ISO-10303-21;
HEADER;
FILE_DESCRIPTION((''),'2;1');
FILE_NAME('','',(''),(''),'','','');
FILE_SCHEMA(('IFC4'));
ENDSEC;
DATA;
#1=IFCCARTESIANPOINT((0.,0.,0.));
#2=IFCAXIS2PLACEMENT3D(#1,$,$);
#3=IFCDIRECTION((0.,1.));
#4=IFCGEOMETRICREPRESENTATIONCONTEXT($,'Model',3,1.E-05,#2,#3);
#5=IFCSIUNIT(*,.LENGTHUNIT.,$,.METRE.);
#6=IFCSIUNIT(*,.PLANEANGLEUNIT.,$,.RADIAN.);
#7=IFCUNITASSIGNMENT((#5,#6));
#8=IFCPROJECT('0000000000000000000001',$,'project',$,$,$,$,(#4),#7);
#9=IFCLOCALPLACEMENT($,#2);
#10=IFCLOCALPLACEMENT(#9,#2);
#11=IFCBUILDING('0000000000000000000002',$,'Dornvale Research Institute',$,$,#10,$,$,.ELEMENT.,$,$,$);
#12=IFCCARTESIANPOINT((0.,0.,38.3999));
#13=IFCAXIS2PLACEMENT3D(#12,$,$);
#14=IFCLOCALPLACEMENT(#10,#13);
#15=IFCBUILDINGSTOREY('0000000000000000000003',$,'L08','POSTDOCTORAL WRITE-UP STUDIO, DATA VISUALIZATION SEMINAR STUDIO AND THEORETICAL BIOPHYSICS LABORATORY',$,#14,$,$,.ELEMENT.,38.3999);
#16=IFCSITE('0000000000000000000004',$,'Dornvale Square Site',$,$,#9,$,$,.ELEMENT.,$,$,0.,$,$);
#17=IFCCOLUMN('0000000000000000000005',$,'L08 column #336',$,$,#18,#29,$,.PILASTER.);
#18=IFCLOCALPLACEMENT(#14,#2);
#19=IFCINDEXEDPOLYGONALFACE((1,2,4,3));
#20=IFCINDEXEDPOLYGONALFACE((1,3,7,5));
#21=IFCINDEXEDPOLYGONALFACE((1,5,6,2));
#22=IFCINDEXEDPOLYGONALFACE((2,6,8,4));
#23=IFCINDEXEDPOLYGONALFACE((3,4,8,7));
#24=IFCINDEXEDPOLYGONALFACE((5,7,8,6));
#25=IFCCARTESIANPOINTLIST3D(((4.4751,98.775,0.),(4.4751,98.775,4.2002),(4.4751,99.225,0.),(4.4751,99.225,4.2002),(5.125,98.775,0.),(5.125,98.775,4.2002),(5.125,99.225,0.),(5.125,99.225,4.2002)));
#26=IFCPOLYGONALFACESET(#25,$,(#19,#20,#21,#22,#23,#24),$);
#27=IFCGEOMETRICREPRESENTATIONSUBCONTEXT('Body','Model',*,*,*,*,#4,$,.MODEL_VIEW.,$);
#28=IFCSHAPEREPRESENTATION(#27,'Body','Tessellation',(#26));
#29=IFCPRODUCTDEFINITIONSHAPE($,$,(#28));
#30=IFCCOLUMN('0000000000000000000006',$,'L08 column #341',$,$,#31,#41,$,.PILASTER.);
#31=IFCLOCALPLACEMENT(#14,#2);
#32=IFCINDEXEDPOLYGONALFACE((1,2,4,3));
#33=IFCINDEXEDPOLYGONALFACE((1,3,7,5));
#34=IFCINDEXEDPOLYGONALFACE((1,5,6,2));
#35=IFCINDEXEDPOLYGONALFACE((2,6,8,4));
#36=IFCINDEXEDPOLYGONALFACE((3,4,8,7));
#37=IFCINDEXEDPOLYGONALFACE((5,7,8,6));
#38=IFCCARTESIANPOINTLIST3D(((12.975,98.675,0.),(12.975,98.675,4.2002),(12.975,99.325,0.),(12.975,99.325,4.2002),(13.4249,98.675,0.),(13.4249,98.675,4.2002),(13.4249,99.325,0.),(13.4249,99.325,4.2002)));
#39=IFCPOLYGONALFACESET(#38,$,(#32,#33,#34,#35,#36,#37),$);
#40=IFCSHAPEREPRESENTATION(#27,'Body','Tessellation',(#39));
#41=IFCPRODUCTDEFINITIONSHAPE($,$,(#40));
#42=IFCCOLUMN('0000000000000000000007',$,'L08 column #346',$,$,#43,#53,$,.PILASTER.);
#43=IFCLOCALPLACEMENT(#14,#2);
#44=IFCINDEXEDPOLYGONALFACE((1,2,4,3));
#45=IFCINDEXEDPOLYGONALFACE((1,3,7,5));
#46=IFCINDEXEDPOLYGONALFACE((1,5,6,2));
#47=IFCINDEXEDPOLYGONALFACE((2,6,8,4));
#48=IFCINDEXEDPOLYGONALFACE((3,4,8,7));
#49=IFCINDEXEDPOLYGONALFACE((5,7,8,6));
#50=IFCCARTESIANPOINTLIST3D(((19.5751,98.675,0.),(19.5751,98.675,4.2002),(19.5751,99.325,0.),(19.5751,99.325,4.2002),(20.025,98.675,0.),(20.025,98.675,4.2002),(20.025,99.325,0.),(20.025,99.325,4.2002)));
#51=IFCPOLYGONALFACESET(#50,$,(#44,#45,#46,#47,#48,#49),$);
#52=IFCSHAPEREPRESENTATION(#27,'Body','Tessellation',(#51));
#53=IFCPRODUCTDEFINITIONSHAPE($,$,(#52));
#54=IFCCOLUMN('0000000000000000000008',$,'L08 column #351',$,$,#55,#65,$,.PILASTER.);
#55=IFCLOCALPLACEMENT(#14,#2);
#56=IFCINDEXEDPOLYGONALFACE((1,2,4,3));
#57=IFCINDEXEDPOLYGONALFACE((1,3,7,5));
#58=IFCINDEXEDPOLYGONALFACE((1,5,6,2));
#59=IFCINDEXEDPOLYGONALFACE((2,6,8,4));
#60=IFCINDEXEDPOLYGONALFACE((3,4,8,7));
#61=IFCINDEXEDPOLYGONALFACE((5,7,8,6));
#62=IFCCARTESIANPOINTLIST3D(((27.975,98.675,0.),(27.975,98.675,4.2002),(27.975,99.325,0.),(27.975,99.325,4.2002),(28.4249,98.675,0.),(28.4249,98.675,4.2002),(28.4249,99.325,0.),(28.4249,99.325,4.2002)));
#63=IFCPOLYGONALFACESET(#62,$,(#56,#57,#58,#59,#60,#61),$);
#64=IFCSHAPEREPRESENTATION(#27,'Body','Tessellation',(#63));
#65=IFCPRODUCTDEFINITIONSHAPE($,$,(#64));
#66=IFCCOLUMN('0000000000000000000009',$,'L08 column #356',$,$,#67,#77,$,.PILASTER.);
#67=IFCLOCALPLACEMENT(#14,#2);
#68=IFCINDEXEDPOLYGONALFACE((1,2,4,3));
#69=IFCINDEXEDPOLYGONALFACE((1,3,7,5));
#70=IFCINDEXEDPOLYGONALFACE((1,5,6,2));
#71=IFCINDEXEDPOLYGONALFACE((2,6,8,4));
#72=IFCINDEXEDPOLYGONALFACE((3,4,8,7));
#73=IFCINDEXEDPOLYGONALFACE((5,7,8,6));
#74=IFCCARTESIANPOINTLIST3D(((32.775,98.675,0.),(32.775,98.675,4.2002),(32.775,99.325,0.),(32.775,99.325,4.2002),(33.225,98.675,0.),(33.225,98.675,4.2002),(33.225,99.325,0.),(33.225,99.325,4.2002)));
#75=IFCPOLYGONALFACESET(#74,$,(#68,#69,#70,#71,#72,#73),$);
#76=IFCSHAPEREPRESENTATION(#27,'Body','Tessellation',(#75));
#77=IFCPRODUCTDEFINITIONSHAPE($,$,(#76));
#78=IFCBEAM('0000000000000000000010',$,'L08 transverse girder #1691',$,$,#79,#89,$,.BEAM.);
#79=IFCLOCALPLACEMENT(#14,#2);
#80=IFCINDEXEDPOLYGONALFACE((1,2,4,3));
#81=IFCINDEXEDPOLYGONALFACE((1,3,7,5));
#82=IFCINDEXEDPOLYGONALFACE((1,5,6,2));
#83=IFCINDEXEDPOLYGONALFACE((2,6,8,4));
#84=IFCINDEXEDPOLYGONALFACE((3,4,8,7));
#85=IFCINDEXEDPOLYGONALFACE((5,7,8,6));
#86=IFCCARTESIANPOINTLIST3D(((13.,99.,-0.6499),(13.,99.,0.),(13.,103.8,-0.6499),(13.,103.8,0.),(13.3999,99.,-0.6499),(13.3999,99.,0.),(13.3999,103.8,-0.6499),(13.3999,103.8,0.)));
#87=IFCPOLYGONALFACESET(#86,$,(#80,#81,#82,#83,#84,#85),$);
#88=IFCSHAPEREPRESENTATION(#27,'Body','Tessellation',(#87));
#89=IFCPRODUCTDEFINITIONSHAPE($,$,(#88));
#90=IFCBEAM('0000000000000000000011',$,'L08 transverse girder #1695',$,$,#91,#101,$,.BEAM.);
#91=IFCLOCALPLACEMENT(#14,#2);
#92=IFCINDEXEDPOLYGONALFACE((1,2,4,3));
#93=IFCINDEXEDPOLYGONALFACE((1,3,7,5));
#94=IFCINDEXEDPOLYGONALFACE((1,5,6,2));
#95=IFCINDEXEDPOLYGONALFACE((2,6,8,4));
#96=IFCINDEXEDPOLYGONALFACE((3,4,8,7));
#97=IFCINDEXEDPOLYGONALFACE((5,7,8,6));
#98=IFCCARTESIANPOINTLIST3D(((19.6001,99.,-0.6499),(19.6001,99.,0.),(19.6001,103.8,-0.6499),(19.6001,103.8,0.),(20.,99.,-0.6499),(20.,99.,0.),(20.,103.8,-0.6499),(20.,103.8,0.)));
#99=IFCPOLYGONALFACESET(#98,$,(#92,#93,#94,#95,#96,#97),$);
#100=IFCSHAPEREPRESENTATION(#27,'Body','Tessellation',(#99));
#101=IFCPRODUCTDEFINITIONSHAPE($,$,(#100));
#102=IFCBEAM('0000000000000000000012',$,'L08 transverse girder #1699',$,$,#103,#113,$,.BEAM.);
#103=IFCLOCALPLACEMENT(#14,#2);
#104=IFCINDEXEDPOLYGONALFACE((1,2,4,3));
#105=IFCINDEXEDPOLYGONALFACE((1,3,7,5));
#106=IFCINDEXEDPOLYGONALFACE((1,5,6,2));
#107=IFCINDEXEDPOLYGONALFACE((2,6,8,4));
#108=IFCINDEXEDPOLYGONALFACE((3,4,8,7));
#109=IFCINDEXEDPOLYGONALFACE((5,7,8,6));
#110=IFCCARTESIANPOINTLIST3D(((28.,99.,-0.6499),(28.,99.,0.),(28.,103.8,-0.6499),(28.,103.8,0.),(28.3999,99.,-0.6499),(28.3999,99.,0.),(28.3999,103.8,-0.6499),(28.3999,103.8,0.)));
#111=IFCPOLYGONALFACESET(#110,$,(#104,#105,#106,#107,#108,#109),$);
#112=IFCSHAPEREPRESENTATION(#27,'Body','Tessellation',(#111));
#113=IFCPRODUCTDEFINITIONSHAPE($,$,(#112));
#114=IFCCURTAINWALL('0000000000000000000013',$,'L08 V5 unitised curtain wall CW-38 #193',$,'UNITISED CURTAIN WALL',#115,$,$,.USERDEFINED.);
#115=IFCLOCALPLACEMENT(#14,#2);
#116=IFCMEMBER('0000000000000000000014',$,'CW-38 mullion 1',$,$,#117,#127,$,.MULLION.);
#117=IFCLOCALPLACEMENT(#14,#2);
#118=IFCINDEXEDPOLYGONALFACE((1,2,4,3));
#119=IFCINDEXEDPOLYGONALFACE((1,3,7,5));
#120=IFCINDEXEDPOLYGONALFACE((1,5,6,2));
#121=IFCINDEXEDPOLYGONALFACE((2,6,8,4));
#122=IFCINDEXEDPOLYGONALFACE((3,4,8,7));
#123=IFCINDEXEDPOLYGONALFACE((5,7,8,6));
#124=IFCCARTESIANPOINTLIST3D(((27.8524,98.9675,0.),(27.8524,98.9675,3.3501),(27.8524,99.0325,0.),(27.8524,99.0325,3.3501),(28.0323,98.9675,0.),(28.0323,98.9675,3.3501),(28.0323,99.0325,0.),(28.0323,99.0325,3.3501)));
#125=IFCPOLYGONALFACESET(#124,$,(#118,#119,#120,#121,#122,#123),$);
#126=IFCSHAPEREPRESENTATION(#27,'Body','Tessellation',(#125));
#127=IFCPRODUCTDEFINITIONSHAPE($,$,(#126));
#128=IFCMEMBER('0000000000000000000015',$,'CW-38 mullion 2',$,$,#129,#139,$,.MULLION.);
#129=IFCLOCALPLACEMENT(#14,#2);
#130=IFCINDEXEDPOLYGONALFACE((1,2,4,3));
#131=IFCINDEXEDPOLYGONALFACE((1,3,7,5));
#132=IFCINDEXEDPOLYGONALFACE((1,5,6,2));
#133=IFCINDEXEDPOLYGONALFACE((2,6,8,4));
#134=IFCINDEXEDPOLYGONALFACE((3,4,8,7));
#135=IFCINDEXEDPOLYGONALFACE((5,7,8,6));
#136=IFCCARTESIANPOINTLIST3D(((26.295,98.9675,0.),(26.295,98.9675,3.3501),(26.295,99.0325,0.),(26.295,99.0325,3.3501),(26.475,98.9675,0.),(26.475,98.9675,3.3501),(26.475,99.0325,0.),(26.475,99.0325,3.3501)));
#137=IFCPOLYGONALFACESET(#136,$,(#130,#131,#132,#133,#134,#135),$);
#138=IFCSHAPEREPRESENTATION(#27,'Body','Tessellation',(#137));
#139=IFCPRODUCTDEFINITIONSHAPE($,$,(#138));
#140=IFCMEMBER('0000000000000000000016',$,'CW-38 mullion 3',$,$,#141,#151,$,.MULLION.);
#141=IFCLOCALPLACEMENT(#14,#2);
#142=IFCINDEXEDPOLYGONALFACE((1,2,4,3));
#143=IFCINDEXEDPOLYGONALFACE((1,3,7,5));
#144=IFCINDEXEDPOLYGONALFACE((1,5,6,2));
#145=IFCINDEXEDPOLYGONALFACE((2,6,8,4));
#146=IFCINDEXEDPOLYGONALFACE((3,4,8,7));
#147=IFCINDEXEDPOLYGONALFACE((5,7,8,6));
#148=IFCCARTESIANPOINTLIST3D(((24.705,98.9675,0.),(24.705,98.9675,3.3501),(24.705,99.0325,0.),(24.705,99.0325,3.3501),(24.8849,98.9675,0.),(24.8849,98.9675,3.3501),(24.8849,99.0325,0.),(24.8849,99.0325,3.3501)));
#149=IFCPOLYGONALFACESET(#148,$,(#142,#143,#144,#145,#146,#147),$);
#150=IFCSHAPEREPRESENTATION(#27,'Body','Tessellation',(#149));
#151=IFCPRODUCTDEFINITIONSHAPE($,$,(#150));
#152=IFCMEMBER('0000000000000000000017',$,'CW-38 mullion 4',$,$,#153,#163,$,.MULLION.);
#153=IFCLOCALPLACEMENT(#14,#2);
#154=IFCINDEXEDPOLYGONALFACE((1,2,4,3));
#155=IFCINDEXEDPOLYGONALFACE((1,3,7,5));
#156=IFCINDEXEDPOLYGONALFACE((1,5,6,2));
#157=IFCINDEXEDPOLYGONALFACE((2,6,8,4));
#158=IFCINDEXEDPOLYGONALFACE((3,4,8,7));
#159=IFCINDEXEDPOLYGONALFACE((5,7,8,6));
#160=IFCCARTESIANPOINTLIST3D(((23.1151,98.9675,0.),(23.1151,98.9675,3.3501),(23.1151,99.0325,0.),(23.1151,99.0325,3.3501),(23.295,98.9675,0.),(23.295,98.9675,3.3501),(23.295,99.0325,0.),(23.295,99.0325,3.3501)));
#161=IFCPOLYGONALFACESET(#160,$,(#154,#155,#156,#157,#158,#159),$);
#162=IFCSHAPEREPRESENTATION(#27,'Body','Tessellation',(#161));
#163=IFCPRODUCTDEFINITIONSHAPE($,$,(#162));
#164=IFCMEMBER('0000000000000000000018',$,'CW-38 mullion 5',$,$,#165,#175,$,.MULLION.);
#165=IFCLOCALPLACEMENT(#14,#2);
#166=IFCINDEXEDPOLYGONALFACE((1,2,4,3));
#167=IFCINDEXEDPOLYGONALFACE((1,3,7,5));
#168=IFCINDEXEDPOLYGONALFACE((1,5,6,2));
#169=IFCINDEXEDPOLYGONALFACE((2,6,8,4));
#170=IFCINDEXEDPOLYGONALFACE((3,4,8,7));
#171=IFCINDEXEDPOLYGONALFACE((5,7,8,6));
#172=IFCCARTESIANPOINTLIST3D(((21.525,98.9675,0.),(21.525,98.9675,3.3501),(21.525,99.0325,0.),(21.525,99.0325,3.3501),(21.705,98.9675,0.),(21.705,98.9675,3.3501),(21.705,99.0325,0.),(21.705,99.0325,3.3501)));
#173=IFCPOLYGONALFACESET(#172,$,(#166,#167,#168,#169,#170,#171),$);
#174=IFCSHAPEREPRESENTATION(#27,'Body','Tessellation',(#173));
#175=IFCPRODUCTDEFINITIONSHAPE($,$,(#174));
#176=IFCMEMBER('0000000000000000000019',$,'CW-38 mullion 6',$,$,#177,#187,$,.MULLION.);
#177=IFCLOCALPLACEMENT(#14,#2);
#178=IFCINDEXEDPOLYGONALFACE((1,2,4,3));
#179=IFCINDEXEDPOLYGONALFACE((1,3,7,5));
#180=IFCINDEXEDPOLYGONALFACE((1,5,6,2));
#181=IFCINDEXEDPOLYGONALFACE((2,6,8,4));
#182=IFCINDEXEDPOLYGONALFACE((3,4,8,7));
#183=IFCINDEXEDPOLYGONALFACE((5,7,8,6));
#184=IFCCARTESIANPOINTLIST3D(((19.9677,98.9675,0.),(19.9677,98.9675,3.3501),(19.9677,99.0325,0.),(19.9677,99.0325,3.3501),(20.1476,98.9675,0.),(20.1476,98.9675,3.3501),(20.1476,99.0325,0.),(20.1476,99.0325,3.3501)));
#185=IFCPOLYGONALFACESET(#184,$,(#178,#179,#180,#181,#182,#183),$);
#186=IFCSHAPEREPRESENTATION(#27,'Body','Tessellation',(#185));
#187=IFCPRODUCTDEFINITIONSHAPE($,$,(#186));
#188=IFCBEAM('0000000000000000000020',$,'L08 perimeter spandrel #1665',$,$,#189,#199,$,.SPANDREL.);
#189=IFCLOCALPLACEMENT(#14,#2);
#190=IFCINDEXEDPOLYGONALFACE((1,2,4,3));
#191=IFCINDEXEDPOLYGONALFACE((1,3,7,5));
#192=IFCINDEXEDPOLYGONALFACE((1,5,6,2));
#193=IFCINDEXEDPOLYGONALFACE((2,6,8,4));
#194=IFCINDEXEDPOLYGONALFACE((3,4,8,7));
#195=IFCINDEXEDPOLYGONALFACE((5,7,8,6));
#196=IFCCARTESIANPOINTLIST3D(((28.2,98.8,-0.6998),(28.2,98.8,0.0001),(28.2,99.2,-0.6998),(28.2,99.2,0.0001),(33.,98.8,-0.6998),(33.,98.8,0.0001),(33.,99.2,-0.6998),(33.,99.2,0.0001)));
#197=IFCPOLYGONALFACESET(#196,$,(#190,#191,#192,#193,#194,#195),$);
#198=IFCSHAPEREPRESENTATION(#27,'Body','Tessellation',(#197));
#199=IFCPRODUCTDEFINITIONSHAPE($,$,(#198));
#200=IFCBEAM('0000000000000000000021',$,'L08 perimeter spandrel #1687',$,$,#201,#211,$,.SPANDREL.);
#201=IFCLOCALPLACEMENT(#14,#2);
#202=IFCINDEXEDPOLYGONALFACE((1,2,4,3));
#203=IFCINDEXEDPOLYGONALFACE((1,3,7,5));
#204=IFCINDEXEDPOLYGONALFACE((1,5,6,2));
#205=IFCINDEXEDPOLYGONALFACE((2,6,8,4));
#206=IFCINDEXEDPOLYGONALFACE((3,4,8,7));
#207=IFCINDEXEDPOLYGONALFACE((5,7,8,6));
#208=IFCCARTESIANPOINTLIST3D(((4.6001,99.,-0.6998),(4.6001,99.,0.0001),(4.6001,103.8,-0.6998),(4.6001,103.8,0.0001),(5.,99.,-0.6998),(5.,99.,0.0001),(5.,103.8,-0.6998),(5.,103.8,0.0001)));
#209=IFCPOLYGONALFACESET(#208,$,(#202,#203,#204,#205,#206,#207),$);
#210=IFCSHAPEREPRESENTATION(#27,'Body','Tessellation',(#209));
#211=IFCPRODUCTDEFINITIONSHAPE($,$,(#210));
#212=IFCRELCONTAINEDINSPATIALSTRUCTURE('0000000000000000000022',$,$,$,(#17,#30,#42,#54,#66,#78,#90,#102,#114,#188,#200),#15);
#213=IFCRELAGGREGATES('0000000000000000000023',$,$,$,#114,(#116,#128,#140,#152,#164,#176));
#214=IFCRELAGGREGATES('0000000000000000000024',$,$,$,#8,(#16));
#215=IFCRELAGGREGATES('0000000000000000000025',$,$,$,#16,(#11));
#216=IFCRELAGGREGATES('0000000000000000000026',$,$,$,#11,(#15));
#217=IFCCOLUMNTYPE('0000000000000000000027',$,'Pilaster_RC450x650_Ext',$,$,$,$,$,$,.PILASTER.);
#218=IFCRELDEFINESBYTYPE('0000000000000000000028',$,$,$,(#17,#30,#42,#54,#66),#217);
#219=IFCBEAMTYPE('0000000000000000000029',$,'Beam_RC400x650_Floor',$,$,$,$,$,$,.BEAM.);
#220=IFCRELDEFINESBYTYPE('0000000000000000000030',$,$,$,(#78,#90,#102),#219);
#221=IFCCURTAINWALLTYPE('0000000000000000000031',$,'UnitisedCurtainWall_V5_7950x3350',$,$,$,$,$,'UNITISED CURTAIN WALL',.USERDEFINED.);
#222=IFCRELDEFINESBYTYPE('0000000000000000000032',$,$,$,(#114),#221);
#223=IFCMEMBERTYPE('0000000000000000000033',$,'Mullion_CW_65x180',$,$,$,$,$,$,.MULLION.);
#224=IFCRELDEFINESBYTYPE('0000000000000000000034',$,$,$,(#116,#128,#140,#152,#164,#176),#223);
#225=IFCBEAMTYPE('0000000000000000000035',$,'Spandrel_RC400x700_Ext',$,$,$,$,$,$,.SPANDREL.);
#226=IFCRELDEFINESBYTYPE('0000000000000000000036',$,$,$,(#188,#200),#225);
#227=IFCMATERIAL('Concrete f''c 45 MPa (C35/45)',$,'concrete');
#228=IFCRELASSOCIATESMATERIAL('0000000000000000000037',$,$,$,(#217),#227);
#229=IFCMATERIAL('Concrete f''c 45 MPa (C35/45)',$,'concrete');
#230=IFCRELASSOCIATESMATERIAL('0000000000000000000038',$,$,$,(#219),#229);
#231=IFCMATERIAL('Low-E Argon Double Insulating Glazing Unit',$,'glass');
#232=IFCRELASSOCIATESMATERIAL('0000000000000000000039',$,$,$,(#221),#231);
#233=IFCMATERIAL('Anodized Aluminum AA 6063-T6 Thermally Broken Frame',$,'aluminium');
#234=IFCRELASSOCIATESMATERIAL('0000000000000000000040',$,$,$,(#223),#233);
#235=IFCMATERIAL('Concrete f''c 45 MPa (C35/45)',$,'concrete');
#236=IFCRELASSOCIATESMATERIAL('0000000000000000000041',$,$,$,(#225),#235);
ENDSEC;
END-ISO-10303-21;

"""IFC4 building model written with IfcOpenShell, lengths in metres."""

from ifc_helpers import new_model, si_unit, direction, frame, origin, origin_2d, place, context, subcontext, project, spatial, rectangle, extrude, material, material_profile, profile_set, type_object, element, aggregate, save


model = new_model("IFC4")

# Units and contexts
model_context = context("Model", 3, precision=1e-05, world=origin(), true_north=direction((0.0, 1.0)))
body_context = subcontext(model_context, "Body", "Model", "MODEL_VIEW")
ifc_project = project(units=[si_unit("LENGTHUNIT", "METRE"), si_unit("PLANEANGLEUNIT", "RADIAN")], contexts=[model_context])

# Site, building, storey
site_placement = place(None, origin())
site = spatial("IfcSite", under=ifc_project, at=site_placement, Name="Dornvale Square Site", CompositionType="ELEMENT", RefElevation=0.0)
building_placement = place(site_placement, origin())
building = spatial("IfcBuilding", under=site, at=building_placement, Name="Dornvale Research Institute", CompositionType="ELEMENT")
storey_placement = place(building_placement, frame((0.0, 0.0, 38.3999)))
storey = spatial("IfcBuildingStorey", under=building, at=storey_placement, Name="L08", Description="POSTDOCTORAL WRITE-UP STUDIO, DATA VISUALIZATION SEMINAR STUDIO AND THEORETICAL BIOPHYSICS LABORATORY", CompositionType="ELEMENT", Elevation=38.3999)

# Columns
ifc_material_1 = material(Name="Concrete f'c 45 MPa (C35/45)", Category="concrete")
ifc_material_profile_1 = material_profile(ifc_material_1, rectangle(XDim=0.45, YDim=0.6499, at=origin_2d()), Name="RC 450x650")
ifc_profile_set_1 = profile_set([ifc_material_profile_1], Name="Concrete f'c 45 MPa (C35/45)")
column_type = type_object("IfcColumnType", Name="Pilaster_RC450x650_Ext", PredefinedType="PILASTER", material=ifc_profile_set_1)
for number, where, z_axis, x_axis, name in (
    (1, (4.8, 99.0, 0.0), (0.0, 0.0, 1.0), (0.0, 1.0, 0.0), "L08 column #336"),
    (2, (13.2, 99.0, 0.0), (0.0, 0.0, 1.0), (1.0, 0.0, 0.0), "L08 column #341"),
    (3, (19.8, 99.0, 0.0), (0.0, 0.0, 1.0), (1.0, 0.0, 0.0), "L08 column #346"),
    (4, (28.2, 99.0, 0.0), (0.0, 0.0, 1.0), (1.0, 0.0, 0.0), "L08 column #351"),
    (5, (33.0, 99.0, 0.0), (0.0, 0.0, 1.0), (1.0, 0.0, 0.0), "L08 column #356"),
):
    element("IfcColumn", number, at=place(storey_placement, frame(where, z_axis=z_axis, x_axis=x_axis)), inside=storey, type_object=column_type, Name=name, PredefinedType="PILASTER", context=body_context, shape_type="SweptSolid", body=[
        extrude(rectangle(XDim=0.45, YDim=0.6499, at=origin_2d()), origin(), (0.0, 0.0, 1.0), 4.2002),
    ])

# Beams
ifc_material_2 = material(Name="Concrete f'c 45 MPa (C35/45)", Category="concrete")
ifc_material_profile_2 = material_profile(ifc_material_2, rectangle(XDim=0.3999, YDim=0.6499, at=origin_2d()), Name="RC 400x650")
ifc_profile_set_2 = profile_set([ifc_material_profile_2], Name="Concrete f'c 45 MPa (C35/45)")
beam_type_1 = type_object("IfcBeamType", Name="Beam_RC400x650_Floor", PredefinedType="BEAM", material=ifc_profile_set_2)
for number, where, z_axis, x_axis, name in (
    (6, (13.2, 99.0, -0.325), (0.0, 1.0, 0.0), (-1.0, 0.0, 0.0), "L08 transverse girder #1691"),
    (7, (19.8, 99.0, -0.325), (0.0, 1.0, 0.0), (-1.0, 0.0, 0.0), "L08 transverse girder #1695"),
    (8, (28.2, 99.0, -0.325), (0.0, 1.0, 0.0), (-1.0, 0.0, 0.0), "L08 transverse girder #1699"),
):
    element("IfcBeam", number, at=place(storey_placement, frame(where, z_axis=z_axis, x_axis=x_axis)), inside=storey, type_object=beam_type_1, Name=name, PredefinedType="BEAM", context=body_context, shape_type="SweptSolid", body=[
        extrude(rectangle(XDim=0.3999, YDim=0.6499, at=origin_2d()), origin(), (0.0, 0.0, 1.0), 4.8),
    ])

# Curtain wall, members
ifc_material_3 = material(Name="Low-E Argon Double Insulating Glazing Unit", Category="glass")
curtain_wall_type = type_object("IfcCurtainWallType", Name="UnitisedCurtainWall_V5_7950x3350", ElementType="UNITISED CURTAIN WALL", PredefinedType="USERDEFINED", material=ifc_material_3)
curtain_wall_placement = place(storey_placement, origin())
curtain_wall = element("IfcCurtainWall", 9, at=curtain_wall_placement, inside=storey, type_object=curtain_wall_type, Name="L08 V5 unitised curtain wall CW-38 #193", ObjectType="UNITISED CURTAIN WALL", PredefinedType="USERDEFINED")
ifc_material_4 = material(Name="Anodized Aluminum AA 6063-T6 Thermally Broken Frame", Category="aluminium")
ifc_material_profile_3 = material_profile(ifc_material_4, rectangle(XDim=0.0649, YDim=0.1799, at=origin_2d()), Name="ALU MULLION 65x180")
ifc_profile_set_3 = profile_set([ifc_material_profile_3], Name="Anodized Aluminum AA 6063-T6 Thermally Broken Frame")
member_type_1 = type_object("IfcMemberType", Name="Mullion_CW_65x180", PredefinedType="MULLION", material=ifc_profile_set_3)
member_1_placement = place(storey_placement, frame((27.9424, 99.0, 0.0), z_axis=(0.0, 0.0, 1.0), x_axis=(0.0, -1.0, 0.0)))
member_1 = element("IfcMember", 10, at=member_1_placement, type_object=member_type_1, Name="CW-38 mullion 1", PredefinedType="MULLION", context=body_context, shape_type="SweptSolid", body=[
    extrude(rectangle(XDim=0.0649, YDim=0.1799, at=origin_2d()), origin(), (0.0, 0.0, 1.0), 3.3501),
])
member_2_placement = place(storey_placement, frame((26.385, 99.0, 0.0), z_axis=(0.0, 0.0, 1.0), x_axis=(0.0, -1.0, 0.0)))
member_2 = element("IfcMember", 11, at=member_2_placement, type_object=member_type_1, Name="CW-38 mullion 2", PredefinedType="MULLION", context=body_context, shape_type="SweptSolid", body=[
    extrude(rectangle(XDim=0.0649, YDim=0.1799, at=origin_2d()), origin(), (0.0, 0.0, 1.0), 3.3501),
])
member_3_placement = place(storey_placement, frame((24.7949, 99.0, 0.0), z_axis=(0.0, 0.0, 1.0), x_axis=(0.0, -1.0, 0.0)))
member_3 = element("IfcMember", 12, at=member_3_placement, type_object=member_type_1, Name="CW-38 mullion 3", PredefinedType="MULLION", context=body_context, shape_type="SweptSolid", body=[
    extrude(rectangle(XDim=0.0649, YDim=0.1799, at=origin_2d()), origin(), (0.0, 0.0, 1.0), 3.3501),
])
member_4_placement = place(storey_placement, frame((23.2051, 99.0, 0.0), z_axis=(0.0, 0.0, 1.0), x_axis=(0.0, -1.0, 0.0)))
member_4 = element("IfcMember", 13, at=member_4_placement, type_object=member_type_1, Name="CW-38 mullion 4", PredefinedType="MULLION", context=body_context, shape_type="SweptSolid", body=[
    extrude(rectangle(XDim=0.0649, YDim=0.1799, at=origin_2d()), origin(), (0.0, 0.0, 1.0), 3.3501),
])
member_5_placement = place(storey_placement, frame((21.615, 99.0, 0.0), z_axis=(0.0, 0.0, 1.0), x_axis=(0.0, -1.0, 0.0)))
member_5 = element("IfcMember", 14, at=member_5_placement, type_object=member_type_1, Name="CW-38 mullion 5", PredefinedType="MULLION", context=body_context, shape_type="SweptSolid", body=[
    extrude(rectangle(XDim=0.0649, YDim=0.1799, at=origin_2d()), origin(), (0.0, 0.0, 1.0), 3.3501),
])
member_6_placement = place(storey_placement, frame((20.0576, 99.0, 0.0), z_axis=(0.0, 0.0, 1.0), x_axis=(0.0, -1.0, 0.0)))
member_6 = element("IfcMember", 15, at=member_6_placement, type_object=member_type_1, Name="CW-38 mullion 6", PredefinedType="MULLION", context=body_context, shape_type="SweptSolid", body=[
    extrude(rectangle(XDim=0.0649, YDim=0.1799, at=origin_2d()), origin(), (0.0, 0.0, 1.0), 3.3501),
])

# Beams
ifc_material_5 = material(Name="Concrete f'c 45 MPa (C35/45)", Category="concrete")
ifc_material_profile_4 = material_profile(ifc_material_5, rectangle(XDim=0.3999, YDim=0.7, at=origin_2d()), Name="RC 400x700")
ifc_profile_set_4 = profile_set([ifc_material_profile_4], Name="Concrete f'c 45 MPa (C35/45)")
beam_type_2 = type_object("IfcBeamType", Name="Spandrel_RC400x700_Ext", PredefinedType="SPANDREL", material=ifc_profile_set_4)
for number, where, z_axis, x_axis, name in (
    (16, (28.2, 99.0, -0.3499), (1.0, 0.0, 0.0), (0.0, 1.0, 0.0), "L08 perimeter spandrel #1665"),
    (17, (4.8, 99.0, -0.3499), (0.0, 1.0, 0.0), (-1.0, 0.0, 0.0), "L08 perimeter spandrel #1687"),
):
    element("IfcBeam", number, at=place(storey_placement, frame(where, z_axis=z_axis, x_axis=x_axis)), inside=storey, type_object=beam_type_2, Name=name, PredefinedType="SPANDREL", context=body_context, shape_type="SweptSolid", body=[
        extrude(rectangle(XDim=0.3999, YDim=0.7, at=origin_2d()), origin(), (0.0, 0.0, 1.0), 4.8),
    ])

aggregate(curtain_wall, [member_1, member_2, member_3, member_4, member_5, member_6])

save(model, "model.ifc")
